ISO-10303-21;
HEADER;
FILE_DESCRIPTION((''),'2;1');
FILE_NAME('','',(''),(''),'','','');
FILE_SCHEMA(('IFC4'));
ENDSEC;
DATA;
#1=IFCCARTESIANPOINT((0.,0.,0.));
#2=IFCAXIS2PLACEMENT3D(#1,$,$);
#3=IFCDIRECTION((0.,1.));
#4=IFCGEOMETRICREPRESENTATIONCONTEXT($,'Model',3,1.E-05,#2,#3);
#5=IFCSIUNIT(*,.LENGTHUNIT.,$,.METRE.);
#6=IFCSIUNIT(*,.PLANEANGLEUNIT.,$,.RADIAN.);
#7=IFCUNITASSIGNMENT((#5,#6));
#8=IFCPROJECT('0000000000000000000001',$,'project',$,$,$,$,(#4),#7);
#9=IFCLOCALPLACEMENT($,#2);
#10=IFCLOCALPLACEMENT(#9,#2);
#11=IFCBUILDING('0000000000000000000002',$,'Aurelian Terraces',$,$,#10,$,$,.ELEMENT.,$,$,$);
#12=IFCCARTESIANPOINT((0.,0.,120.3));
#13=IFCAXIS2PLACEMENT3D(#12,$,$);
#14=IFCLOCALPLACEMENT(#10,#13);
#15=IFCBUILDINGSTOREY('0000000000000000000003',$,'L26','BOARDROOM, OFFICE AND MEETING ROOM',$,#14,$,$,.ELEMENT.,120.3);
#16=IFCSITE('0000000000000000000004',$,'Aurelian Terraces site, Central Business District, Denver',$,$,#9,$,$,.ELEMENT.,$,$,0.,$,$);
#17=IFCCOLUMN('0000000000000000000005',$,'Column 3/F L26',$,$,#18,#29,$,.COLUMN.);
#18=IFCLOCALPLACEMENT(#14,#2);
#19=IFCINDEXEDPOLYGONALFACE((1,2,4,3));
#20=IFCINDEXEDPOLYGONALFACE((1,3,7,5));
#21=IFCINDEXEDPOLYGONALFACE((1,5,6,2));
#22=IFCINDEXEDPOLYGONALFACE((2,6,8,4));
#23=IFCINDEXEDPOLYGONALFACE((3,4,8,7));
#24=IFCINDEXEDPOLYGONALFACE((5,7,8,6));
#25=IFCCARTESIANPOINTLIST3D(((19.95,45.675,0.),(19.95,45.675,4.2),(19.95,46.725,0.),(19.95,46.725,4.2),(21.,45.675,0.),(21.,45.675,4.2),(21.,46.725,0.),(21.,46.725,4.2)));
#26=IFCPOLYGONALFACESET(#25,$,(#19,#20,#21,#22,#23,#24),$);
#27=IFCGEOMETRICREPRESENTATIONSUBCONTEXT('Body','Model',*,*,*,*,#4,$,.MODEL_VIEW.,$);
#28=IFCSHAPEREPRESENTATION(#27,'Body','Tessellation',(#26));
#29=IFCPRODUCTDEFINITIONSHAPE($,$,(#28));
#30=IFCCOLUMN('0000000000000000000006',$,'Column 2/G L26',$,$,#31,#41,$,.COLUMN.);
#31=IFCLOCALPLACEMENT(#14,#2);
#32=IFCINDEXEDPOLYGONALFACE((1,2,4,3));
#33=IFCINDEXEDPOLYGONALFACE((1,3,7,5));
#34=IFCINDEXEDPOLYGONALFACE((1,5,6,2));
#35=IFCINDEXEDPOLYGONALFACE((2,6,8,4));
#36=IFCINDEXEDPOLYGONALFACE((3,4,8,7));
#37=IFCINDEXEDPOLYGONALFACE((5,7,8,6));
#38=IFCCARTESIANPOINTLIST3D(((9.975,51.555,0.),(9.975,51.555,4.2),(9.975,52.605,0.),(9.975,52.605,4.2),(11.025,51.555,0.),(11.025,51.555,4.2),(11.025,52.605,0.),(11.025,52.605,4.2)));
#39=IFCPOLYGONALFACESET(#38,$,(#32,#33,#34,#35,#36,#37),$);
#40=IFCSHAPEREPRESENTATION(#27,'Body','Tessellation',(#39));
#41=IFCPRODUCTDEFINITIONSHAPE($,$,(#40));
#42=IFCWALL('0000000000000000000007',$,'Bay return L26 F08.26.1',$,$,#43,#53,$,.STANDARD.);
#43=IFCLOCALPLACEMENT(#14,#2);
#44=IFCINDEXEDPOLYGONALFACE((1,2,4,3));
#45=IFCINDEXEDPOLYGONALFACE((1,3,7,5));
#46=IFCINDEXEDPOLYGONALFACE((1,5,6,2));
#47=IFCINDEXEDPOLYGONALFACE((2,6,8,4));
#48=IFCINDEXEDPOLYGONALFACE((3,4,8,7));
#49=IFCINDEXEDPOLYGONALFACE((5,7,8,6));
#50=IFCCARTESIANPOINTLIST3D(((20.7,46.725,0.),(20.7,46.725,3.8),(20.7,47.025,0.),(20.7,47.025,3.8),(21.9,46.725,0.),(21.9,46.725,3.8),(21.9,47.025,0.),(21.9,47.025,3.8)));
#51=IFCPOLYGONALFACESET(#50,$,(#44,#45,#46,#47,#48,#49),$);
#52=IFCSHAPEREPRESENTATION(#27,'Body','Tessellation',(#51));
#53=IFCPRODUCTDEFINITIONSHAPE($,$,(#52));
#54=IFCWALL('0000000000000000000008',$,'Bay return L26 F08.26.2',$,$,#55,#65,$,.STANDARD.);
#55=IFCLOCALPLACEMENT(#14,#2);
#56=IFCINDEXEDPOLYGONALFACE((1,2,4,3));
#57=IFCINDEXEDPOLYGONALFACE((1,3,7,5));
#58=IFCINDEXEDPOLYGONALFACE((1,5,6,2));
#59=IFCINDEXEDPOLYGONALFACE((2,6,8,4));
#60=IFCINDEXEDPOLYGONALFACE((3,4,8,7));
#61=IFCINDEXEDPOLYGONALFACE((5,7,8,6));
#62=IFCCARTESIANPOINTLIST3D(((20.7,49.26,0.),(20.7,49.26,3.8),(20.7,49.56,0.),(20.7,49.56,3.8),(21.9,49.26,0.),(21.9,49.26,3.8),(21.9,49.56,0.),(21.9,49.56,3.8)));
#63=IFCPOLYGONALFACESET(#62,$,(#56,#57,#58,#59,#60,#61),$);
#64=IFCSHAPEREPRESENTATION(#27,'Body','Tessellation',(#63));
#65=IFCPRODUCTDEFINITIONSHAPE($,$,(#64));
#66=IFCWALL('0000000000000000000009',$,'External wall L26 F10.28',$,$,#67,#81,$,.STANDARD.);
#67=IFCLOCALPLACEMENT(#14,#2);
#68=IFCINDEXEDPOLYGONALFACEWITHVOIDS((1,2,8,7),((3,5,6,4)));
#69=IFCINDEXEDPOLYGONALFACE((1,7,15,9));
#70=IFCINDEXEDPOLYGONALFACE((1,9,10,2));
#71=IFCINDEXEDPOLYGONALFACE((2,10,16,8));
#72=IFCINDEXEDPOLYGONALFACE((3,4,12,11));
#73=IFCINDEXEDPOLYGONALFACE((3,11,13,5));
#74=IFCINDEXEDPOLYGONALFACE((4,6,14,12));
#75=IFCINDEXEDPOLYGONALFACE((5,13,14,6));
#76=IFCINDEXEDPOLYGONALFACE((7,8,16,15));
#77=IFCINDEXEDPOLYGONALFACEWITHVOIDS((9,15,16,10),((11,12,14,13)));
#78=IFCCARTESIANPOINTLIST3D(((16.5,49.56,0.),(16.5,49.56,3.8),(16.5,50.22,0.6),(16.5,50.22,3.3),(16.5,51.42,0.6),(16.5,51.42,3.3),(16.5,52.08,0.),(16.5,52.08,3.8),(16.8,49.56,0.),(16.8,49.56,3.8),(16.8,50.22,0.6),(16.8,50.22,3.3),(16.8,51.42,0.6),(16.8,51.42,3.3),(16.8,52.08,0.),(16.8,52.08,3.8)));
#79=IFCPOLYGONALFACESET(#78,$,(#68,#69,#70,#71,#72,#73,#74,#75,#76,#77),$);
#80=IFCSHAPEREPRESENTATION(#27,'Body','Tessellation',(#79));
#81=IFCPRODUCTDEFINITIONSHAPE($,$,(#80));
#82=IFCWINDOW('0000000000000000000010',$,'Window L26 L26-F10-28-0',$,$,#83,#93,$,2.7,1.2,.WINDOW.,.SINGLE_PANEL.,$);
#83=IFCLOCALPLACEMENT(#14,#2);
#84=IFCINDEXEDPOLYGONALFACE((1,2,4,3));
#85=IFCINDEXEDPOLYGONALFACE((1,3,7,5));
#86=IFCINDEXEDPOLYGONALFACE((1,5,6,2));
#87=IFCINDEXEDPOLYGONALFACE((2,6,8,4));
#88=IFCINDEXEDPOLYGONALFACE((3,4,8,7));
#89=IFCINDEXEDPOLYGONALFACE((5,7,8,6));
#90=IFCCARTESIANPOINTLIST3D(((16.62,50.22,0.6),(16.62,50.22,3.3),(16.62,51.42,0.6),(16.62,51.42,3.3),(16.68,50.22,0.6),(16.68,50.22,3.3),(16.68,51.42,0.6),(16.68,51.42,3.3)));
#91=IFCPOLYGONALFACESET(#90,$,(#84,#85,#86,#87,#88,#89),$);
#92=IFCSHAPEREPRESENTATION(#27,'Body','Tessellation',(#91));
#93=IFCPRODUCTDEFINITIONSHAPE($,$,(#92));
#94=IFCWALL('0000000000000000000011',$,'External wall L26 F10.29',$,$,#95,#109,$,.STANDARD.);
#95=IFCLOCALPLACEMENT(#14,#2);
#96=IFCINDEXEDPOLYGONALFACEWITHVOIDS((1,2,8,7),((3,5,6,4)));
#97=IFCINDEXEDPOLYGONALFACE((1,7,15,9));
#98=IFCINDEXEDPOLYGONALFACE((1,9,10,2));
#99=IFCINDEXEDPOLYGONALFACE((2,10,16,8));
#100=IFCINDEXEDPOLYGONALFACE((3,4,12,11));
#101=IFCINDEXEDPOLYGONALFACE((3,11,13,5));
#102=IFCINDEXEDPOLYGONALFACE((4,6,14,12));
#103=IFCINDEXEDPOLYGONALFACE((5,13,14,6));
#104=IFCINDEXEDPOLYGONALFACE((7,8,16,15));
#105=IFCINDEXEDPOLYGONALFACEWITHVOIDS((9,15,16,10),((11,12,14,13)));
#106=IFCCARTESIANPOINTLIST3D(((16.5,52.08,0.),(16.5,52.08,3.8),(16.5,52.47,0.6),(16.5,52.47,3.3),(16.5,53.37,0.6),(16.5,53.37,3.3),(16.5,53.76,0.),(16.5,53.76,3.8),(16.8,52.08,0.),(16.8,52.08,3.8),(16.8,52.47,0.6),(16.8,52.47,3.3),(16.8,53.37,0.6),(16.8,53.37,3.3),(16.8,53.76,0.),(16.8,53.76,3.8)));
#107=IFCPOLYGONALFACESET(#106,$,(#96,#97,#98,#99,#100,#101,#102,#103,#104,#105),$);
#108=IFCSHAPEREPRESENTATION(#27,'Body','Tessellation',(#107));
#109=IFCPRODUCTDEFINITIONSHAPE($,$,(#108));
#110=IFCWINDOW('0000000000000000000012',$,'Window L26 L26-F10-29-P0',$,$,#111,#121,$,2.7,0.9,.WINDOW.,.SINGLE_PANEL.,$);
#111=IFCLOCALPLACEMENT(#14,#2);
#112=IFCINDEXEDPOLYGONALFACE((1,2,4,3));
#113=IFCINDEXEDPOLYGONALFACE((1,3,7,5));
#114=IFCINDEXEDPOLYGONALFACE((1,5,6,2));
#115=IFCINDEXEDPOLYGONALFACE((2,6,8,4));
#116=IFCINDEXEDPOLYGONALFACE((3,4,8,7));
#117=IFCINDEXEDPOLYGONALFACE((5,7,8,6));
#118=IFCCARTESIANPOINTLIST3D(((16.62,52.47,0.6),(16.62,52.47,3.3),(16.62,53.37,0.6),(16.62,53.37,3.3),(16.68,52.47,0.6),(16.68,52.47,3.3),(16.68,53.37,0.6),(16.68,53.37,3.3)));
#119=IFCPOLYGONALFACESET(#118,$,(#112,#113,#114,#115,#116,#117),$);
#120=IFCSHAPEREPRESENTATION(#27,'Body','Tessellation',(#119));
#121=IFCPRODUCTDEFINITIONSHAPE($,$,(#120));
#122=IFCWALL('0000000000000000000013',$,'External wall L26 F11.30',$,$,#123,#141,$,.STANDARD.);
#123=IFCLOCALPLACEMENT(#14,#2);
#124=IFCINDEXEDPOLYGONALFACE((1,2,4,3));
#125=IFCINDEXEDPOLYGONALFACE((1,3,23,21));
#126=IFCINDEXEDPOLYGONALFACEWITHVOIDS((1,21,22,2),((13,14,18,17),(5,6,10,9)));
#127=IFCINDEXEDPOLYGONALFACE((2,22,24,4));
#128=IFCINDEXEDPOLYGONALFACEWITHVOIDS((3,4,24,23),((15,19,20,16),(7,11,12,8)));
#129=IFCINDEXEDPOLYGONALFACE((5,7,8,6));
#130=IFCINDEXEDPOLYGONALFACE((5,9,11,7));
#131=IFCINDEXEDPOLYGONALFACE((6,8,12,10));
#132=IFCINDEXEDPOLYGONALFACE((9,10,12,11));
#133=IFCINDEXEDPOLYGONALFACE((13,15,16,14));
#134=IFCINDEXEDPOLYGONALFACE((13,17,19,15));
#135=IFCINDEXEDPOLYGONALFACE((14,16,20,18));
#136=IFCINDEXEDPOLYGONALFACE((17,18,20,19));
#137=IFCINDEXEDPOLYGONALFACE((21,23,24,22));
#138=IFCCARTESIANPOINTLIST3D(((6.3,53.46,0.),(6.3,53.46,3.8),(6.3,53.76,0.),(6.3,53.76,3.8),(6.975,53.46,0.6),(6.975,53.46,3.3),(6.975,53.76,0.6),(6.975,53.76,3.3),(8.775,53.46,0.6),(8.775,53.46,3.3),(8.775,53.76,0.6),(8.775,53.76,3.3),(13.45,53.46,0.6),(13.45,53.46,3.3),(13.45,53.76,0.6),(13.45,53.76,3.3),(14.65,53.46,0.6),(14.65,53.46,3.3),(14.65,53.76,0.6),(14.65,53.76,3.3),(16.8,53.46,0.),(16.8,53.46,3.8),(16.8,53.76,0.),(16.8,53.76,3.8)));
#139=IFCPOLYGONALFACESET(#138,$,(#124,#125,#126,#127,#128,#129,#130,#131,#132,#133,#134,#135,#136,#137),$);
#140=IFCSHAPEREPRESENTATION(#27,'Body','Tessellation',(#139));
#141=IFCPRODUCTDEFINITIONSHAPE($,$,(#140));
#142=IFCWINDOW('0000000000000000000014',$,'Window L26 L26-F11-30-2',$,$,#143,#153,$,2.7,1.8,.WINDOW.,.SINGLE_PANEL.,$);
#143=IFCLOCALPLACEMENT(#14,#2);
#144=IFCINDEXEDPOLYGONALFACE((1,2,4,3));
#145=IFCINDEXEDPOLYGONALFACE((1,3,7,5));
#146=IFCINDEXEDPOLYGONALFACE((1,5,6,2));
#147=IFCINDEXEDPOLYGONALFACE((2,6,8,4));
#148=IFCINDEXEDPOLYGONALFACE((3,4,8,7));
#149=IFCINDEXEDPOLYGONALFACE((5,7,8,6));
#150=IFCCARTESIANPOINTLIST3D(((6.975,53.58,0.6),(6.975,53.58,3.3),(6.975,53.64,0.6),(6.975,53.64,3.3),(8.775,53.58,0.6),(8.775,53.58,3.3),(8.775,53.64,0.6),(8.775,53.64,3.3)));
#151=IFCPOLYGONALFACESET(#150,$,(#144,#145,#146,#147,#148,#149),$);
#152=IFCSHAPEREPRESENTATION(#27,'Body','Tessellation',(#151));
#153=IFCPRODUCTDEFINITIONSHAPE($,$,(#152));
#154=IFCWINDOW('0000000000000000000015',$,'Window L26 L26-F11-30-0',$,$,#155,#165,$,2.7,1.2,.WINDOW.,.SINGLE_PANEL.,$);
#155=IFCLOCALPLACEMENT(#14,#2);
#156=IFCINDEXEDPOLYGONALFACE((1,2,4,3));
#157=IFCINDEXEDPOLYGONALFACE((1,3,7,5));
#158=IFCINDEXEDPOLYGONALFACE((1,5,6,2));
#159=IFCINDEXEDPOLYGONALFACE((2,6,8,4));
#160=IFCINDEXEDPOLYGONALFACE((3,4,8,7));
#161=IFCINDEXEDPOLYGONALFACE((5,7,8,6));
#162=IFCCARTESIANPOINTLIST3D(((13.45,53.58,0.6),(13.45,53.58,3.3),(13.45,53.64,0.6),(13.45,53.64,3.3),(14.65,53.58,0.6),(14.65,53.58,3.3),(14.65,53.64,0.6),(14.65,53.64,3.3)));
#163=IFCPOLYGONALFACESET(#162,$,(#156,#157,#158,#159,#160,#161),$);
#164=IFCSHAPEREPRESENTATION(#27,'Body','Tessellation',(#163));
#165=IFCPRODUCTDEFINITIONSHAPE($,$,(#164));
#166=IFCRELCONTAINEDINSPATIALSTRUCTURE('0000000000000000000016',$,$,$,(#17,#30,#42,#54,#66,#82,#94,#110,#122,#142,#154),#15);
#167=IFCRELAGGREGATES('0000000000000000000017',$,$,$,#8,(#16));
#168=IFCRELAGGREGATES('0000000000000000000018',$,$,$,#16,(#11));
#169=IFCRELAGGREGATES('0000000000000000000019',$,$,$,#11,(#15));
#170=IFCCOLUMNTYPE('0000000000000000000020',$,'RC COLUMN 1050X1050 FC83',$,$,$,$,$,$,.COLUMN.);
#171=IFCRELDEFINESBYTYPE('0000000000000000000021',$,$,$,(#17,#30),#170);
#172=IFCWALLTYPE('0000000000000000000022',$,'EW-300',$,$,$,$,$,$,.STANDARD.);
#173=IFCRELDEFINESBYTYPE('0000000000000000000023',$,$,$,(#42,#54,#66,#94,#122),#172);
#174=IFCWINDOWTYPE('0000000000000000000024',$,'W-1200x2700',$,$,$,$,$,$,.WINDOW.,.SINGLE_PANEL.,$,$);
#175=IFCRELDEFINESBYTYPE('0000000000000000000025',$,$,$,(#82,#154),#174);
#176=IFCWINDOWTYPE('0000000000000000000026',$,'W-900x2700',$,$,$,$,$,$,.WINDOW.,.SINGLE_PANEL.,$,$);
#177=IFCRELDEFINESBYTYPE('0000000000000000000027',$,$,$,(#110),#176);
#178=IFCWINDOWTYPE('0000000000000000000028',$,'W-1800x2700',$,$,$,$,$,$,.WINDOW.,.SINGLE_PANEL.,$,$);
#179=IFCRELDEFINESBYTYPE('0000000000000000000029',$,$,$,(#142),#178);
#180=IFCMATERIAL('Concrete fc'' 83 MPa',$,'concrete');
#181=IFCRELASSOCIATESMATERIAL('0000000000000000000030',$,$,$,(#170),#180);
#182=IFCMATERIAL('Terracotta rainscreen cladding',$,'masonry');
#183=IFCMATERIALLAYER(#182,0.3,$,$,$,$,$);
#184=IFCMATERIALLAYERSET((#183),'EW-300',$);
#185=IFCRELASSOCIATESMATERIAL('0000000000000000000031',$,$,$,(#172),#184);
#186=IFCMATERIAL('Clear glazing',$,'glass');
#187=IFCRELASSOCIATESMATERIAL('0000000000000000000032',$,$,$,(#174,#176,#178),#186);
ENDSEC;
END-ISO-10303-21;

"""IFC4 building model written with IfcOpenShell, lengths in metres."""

from ifc_helpers import new_model, si_unit, direction, frame, frame_2d, origin, origin_2d, place, context, subcontext, project, spatial, rectangle, extrude, source, transform, mapped, material, layer, layer_set, material_profile, profile_set, type_object, element, fill, save


model = new_model("IFC4")

# Units and contexts
model_context = context("Model", 3, precision=1e-05, world=origin(), true_north=direction((0.0, 1.0)))
body_context = subcontext(model_context, "Body", "Model", "MODEL_VIEW")
ifc_project = project(units=[si_unit("LENGTHUNIT", "METRE"), si_unit("PLANEANGLEUNIT", "RADIAN")], contexts=[model_context])

# Site, building, storey
site_placement = place(None, origin())
site = spatial("IfcSite", under=ifc_project, at=site_placement, Name="Aurelian Terraces site, Central Business District, Denver", CompositionType="ELEMENT", RefElevation=0.0)
building_placement = place(site_placement, origin())
building = spatial("IfcBuilding", under=site, at=building_placement, Name="Aurelian Terraces", CompositionType="ELEMENT")
storey_placement = place(building_placement, frame((0.0, 0.0, 120.3)))
storey = spatial("IfcBuildingStorey", under=building, at=storey_placement, Name="L26", Description="BOARDROOM, OFFICE AND MEETING ROOM", CompositionType="ELEMENT", Elevation=120.3)

# Columns
ifc_material_1 = material(Name="Concrete fc' 83 MPa", Category="concrete")
ifc_material_profile = material_profile(ifc_material_1, rectangle(XDim=1.05, YDim=1.05, at=origin_2d()))
ifc_profile_set = profile_set([ifc_material_profile], Name="Concrete fc' 83 MPa")
column_type = type_object("IfcColumnType", Name="RC COLUMN 1050X1050 FC83", PredefinedType="COLUMN", material=ifc_profile_set)
shared_shape_1 = source(origin(), body_context, "Body", "SweptSolid", [
    extrude(rectangle(XDim=1.05, YDim=1.05, at=origin_2d()), origin(), (0.0, 0.0, 1.0), 4.2),
])
for number, where, z_axis, x_axis, name in (
    (1, (20.475, 46.2, 0.0), (0.0, 0.0, 1.0), (1.0, 0.0, 0.0), "Column 3/F L26"),
    (2, (10.5, 52.08, 0.0), (0.0, 0.0, 1.0), (1.0, 0.0, 0.0), "Column 2/G L26"),
):
    element("IfcColumn", number, at=place(storey_placement, frame(where, z_axis=z_axis, x_axis=x_axis)), inside=storey, type_object=column_type, Name=name, PredefinedType="COLUMN", context=body_context, shape_type="MappedRepresentation", body=[
        mapped(shared_shape_1, transform((0.0, 0.0, 0.0), scale=1.0)),
    ])

# Walls
ifc_material_2 = material(Name="Terracotta rainscreen cladding", Category="masonry")
ifc_layer_1 = layer(ifc_material_2, 0.3)
ifc_layer_set_1 = layer_set([ifc_layer_1], Name="EW-300")
wall_type_1 = type_object("IfcWallType", Name="EW-300", PredefinedType="STANDARD", material=ifc_layer_set_1)
shared_shape_2 = source(origin(), body_context, "Body", "SweptSolid", [
    extrude(rectangle(XDim=1.2, YDim=0.3, at=frame_2d((0.6, 0.0))), origin(), (0.0, 0.0, 1.0), 3.8),
])
for number, where, z_axis, x_axis, name in (
    (3, (20.7, 46.875, 0.0), (0.0, 0.0, 1.0), (1.0, 0.0, 0.0), "Bay return L26 F08.26.1"),
    (4, (20.7, 49.41, 0.0), (0.0, 0.0, 1.0), (1.0, 0.0, 0.0), "Bay return L26 F08.26.2"),
):
    element("IfcWall", number, at=place(storey_placement, frame(where, z_axis=z_axis, x_axis=x_axis)), inside=storey, type_object=wall_type_1, Name=name, PredefinedType="STANDARD", context=body_context, shape_type="MappedRepresentation", body=[
        mapped(shared_shape_2, transform((0.0, 0.0, 0.0), scale=1.0)),
    ])

# Walls, openings, windows
shared_shape_3 = source(origin(), body_context, "Body", "SweptSolid", [
    extrude(rectangle(XDim=2.52, YDim=0.3, at=frame_2d((1.26, 0.0))), origin(), (0.0, 0.0, 1.0), 3.8),
])
wall_1_placement = place(storey_placement, frame((16.65, 49.56, 0.0), z_axis=(0.0, 0.0, 1.0), x_axis=(0.0, 1.0, 0.0)))
wall_1 = element("IfcWall", 5, at=wall_1_placement, inside=storey, type_object=wall_type_1, Name="External wall L26 F10.28", PredefinedType="STANDARD", context=body_context, shape_type="MappedRepresentation", body=[
    mapped(shared_shape_3, transform((0.0, 0.0, 0.0), scale=1.0)),
])
shared_shape_4 = source(origin(), body_context, "Body", "SweptSolid", [
    extrude(rectangle(XDim=1.2, YDim=2.7, at=frame_2d((0.6, 1.35))), frame((0.0, 0.16, 0.0), z_axis=(0.0, -1.0, 0.0), x_axis=(1.0, 0.0, 0.0)), (0.0, 0.0, 1.0), 0.32),
])
opening_1_placement = place(wall_1_placement, frame((0.66, 0.0, 0.6)))
opening_1 = element("IfcOpeningElement", 6, at=opening_1_placement, cuts=wall_1, PredefinedType="OPENING", context=body_context, shape_type="MappedRepresentation", body=[
    mapped(shared_shape_4, transform((0.0, 0.0, 0.0), scale=1.0)),
])
ifc_material_3 = material(Name="Clear glazing", Category="glass")
window_type_1 = type_object("IfcWindowType", Name="W-1200x2700", PartitioningType="SINGLE_PANEL", PredefinedType="WINDOW", material=ifc_material_3)
shared_shape_5 = source(origin(), body_context, "Body", "SweptSolid", [
    extrude(rectangle(XDim=1.2, YDim=2.7, at=frame_2d((0.6, 1.35))), frame((0.0, 0.03, 0.0), z_axis=(0.0, -1.0, 0.0), x_axis=(1.0, 0.0, 0.0)), (0.0, 0.0, 1.0), 0.06),
])
window_1_placement = place(opening_1_placement, origin())
window_1 = element("IfcWindow", 7, at=window_1_placement, inside=storey, type_object=window_type_1, Name="Window L26 L26-F10-28-0", OverallHeight=2.7, OverallWidth=1.2, PartitioningType="SINGLE_PANEL", PredefinedType="WINDOW", context=body_context, shape_type="MappedRepresentation", body=[
    mapped(shared_shape_5, transform((0.0, 0.0, 0.0), scale=1.0)),
])
fill(opening_1, window_1)
shared_shape_6 = source(origin(), body_context, "Body", "SweptSolid", [
    extrude(rectangle(XDim=1.68, YDim=0.3, at=frame_2d((0.84, 0.0))), origin(), (0.0, 0.0, 1.0), 3.8),
])
wall_2_placement = place(storey_placement, frame((16.65, 52.08, 0.0), z_axis=(0.0, 0.0, 1.0), x_axis=(0.0, 1.0, 0.0)))
wall_2 = element("IfcWall", 8, at=wall_2_placement, inside=storey, type_object=wall_type_1, Name="External wall L26 F10.29", PredefinedType="STANDARD", context=body_context, shape_type="MappedRepresentation", body=[
    mapped(shared_shape_6, transform((0.0, 0.0, 0.0), scale=1.0)),
])
shared_shape_7 = source(origin(), body_context, "Body", "SweptSolid", [
    extrude(rectangle(XDim=0.9, YDim=2.7, at=frame_2d((0.45, 1.35))), frame((0.0, 0.16, 0.0), z_axis=(0.0, -1.0, 0.0), x_axis=(1.0, 0.0, 0.0)), (0.0, 0.0, 1.0), 0.32),
])
opening_2_placement = place(wall_2_placement, frame((0.39, 0.0, 0.6)))
opening_2 = element("IfcOpeningElement", 9, at=opening_2_placement, cuts=wall_2, PredefinedType="OPENING", context=body_context, shape_type="MappedRepresentation", body=[
    mapped(shared_shape_7, transform((0.0, 0.0, 0.0), scale=1.0)),
])
window_type_2 = type_object("IfcWindowType", Name="W-900x2700", PartitioningType="SINGLE_PANEL", PredefinedType="WINDOW", material=ifc_material_3)
shared_shape_8 = source(origin(), body_context, "Body", "SweptSolid", [
    extrude(rectangle(XDim=0.9, YDim=2.7, at=frame_2d((0.45, 1.35))), frame((0.0, 0.03, 0.0), z_axis=(0.0, -1.0, 0.0), x_axis=(1.0, 0.0, 0.0)), (0.0, 0.0, 1.0), 0.06),
])
window_2_placement = place(opening_2_placement, origin())
window_2 = element("IfcWindow", 10, at=window_2_placement, inside=storey, type_object=window_type_2, Name="Window L26 L26-F10-29-P0", OverallHeight=2.7, OverallWidth=0.9, PartitioningType="SINGLE_PANEL", PredefinedType="WINDOW", context=body_context, shape_type="MappedRepresentation", body=[
    mapped(shared_shape_8, transform((0.0, 0.0, 0.0), scale=1.0)),
])
fill(opening_2, window_2)

# Wall, openings, windows
shared_shape_9 = source(origin(), body_context, "Body", "SweptSolid", [
    extrude(rectangle(XDim=10.5, YDim=0.3, at=frame_2d((5.25, 0.0))), origin(), (0.0, 0.0, 1.0), 3.8),
])
wall_3_placement = place(storey_placement, frame((16.8, 53.61, 0.0), z_axis=(0.0, 0.0, 1.0), x_axis=(-1.0, 0.0, 0.0)))
wall_3 = element("IfcWall", 11, at=wall_3_placement, inside=storey, type_object=wall_type_1, Name="External wall L26 F11.30", PredefinedType="STANDARD", context=body_context, shape_type="MappedRepresentation", body=[
    mapped(shared_shape_9, transform((0.0, 0.0, 0.0), scale=1.0)),
])
opening_3_placement = place(wall_3_placement, frame((2.15, 0.0, 0.6)))
opening_3 = element("IfcOpeningElement", 12, at=opening_3_placement, cuts=wall_3, PredefinedType="OPENING", context=body_context, shape_type="MappedRepresentation", body=[
    mapped(shared_shape_4, transform((0.0, 0.0, 0.0), scale=1.0)),
])
shared_shape_10 = source(origin(), body_context, "Body", "SweptSolid", [
    extrude(rectangle(XDim=1.8, YDim=2.7, at=frame_2d((0.9, 1.35))), frame((0.0, 0.16, 0.0), z_axis=(0.0, -1.0, 0.0), x_axis=(1.0, 0.0, 0.0)), (0.0, 0.0, 1.0), 0.32),
])
opening_4_placement = place(wall_3_placement, frame((8.025, 0.0, 0.6)))
opening_4 = element("IfcOpeningElement", 13, at=opening_4_placement, cuts=wall_3, PredefinedType="OPENING", context=body_context, shape_type="MappedRepresentation", body=[
    mapped(shared_shape_10, transform((0.0, 0.0, 0.0), scale=1.0)),
])
window_type_3 = type_object("IfcWindowType", Name="W-1800x2700", PartitioningType="SINGLE_PANEL", PredefinedType="WINDOW", material=ifc_material_3)
shared_shape_11 = source(origin(), body_context, "Body", "SweptSolid", [
    extrude(rectangle(XDim=1.8, YDim=2.7, at=frame_2d((0.9, 1.35))), frame((0.0, 0.03, 0.0), z_axis=(0.0, -1.0, 0.0), x_axis=(1.0, 0.0, 0.0)), (0.0, 0.0, 1.0), 0.06),
])
window_3_placement = place(opening_4_placement, origin())
window_3 = element("IfcWindow", 14, at=window_3_placement, inside=storey, type_object=window_type_3, Name="Window L26 L26-F11-30-2", OverallHeight=2.7, OverallWidth=1.8, PartitioningType="SINGLE_PANEL", PredefinedType="WINDOW", context=body_context, shape_type="MappedRepresentation", body=[
    mapped(shared_shape_11, transform((0.0, 0.0, 0.0), scale=1.0)),
])
fill(opening_4, window_3)
window_4_placement = place(opening_3_placement, origin())
window_4 = element("IfcWindow", 15, at=window_4_placement, inside=storey, type_object=window_type_1, Name="Window L26 L26-F11-30-0", OverallHeight=2.7, OverallWidth=1.2, PartitioningType="SINGLE_PANEL", PredefinedType="WINDOW", context=body_context, shape_type="MappedRepresentation", body=[
    mapped(shared_shape_5, transform((0.0, 0.0, 0.0), scale=1.0)),
])
fill(opening_3, window_4)

save(model, "model.ifc")
